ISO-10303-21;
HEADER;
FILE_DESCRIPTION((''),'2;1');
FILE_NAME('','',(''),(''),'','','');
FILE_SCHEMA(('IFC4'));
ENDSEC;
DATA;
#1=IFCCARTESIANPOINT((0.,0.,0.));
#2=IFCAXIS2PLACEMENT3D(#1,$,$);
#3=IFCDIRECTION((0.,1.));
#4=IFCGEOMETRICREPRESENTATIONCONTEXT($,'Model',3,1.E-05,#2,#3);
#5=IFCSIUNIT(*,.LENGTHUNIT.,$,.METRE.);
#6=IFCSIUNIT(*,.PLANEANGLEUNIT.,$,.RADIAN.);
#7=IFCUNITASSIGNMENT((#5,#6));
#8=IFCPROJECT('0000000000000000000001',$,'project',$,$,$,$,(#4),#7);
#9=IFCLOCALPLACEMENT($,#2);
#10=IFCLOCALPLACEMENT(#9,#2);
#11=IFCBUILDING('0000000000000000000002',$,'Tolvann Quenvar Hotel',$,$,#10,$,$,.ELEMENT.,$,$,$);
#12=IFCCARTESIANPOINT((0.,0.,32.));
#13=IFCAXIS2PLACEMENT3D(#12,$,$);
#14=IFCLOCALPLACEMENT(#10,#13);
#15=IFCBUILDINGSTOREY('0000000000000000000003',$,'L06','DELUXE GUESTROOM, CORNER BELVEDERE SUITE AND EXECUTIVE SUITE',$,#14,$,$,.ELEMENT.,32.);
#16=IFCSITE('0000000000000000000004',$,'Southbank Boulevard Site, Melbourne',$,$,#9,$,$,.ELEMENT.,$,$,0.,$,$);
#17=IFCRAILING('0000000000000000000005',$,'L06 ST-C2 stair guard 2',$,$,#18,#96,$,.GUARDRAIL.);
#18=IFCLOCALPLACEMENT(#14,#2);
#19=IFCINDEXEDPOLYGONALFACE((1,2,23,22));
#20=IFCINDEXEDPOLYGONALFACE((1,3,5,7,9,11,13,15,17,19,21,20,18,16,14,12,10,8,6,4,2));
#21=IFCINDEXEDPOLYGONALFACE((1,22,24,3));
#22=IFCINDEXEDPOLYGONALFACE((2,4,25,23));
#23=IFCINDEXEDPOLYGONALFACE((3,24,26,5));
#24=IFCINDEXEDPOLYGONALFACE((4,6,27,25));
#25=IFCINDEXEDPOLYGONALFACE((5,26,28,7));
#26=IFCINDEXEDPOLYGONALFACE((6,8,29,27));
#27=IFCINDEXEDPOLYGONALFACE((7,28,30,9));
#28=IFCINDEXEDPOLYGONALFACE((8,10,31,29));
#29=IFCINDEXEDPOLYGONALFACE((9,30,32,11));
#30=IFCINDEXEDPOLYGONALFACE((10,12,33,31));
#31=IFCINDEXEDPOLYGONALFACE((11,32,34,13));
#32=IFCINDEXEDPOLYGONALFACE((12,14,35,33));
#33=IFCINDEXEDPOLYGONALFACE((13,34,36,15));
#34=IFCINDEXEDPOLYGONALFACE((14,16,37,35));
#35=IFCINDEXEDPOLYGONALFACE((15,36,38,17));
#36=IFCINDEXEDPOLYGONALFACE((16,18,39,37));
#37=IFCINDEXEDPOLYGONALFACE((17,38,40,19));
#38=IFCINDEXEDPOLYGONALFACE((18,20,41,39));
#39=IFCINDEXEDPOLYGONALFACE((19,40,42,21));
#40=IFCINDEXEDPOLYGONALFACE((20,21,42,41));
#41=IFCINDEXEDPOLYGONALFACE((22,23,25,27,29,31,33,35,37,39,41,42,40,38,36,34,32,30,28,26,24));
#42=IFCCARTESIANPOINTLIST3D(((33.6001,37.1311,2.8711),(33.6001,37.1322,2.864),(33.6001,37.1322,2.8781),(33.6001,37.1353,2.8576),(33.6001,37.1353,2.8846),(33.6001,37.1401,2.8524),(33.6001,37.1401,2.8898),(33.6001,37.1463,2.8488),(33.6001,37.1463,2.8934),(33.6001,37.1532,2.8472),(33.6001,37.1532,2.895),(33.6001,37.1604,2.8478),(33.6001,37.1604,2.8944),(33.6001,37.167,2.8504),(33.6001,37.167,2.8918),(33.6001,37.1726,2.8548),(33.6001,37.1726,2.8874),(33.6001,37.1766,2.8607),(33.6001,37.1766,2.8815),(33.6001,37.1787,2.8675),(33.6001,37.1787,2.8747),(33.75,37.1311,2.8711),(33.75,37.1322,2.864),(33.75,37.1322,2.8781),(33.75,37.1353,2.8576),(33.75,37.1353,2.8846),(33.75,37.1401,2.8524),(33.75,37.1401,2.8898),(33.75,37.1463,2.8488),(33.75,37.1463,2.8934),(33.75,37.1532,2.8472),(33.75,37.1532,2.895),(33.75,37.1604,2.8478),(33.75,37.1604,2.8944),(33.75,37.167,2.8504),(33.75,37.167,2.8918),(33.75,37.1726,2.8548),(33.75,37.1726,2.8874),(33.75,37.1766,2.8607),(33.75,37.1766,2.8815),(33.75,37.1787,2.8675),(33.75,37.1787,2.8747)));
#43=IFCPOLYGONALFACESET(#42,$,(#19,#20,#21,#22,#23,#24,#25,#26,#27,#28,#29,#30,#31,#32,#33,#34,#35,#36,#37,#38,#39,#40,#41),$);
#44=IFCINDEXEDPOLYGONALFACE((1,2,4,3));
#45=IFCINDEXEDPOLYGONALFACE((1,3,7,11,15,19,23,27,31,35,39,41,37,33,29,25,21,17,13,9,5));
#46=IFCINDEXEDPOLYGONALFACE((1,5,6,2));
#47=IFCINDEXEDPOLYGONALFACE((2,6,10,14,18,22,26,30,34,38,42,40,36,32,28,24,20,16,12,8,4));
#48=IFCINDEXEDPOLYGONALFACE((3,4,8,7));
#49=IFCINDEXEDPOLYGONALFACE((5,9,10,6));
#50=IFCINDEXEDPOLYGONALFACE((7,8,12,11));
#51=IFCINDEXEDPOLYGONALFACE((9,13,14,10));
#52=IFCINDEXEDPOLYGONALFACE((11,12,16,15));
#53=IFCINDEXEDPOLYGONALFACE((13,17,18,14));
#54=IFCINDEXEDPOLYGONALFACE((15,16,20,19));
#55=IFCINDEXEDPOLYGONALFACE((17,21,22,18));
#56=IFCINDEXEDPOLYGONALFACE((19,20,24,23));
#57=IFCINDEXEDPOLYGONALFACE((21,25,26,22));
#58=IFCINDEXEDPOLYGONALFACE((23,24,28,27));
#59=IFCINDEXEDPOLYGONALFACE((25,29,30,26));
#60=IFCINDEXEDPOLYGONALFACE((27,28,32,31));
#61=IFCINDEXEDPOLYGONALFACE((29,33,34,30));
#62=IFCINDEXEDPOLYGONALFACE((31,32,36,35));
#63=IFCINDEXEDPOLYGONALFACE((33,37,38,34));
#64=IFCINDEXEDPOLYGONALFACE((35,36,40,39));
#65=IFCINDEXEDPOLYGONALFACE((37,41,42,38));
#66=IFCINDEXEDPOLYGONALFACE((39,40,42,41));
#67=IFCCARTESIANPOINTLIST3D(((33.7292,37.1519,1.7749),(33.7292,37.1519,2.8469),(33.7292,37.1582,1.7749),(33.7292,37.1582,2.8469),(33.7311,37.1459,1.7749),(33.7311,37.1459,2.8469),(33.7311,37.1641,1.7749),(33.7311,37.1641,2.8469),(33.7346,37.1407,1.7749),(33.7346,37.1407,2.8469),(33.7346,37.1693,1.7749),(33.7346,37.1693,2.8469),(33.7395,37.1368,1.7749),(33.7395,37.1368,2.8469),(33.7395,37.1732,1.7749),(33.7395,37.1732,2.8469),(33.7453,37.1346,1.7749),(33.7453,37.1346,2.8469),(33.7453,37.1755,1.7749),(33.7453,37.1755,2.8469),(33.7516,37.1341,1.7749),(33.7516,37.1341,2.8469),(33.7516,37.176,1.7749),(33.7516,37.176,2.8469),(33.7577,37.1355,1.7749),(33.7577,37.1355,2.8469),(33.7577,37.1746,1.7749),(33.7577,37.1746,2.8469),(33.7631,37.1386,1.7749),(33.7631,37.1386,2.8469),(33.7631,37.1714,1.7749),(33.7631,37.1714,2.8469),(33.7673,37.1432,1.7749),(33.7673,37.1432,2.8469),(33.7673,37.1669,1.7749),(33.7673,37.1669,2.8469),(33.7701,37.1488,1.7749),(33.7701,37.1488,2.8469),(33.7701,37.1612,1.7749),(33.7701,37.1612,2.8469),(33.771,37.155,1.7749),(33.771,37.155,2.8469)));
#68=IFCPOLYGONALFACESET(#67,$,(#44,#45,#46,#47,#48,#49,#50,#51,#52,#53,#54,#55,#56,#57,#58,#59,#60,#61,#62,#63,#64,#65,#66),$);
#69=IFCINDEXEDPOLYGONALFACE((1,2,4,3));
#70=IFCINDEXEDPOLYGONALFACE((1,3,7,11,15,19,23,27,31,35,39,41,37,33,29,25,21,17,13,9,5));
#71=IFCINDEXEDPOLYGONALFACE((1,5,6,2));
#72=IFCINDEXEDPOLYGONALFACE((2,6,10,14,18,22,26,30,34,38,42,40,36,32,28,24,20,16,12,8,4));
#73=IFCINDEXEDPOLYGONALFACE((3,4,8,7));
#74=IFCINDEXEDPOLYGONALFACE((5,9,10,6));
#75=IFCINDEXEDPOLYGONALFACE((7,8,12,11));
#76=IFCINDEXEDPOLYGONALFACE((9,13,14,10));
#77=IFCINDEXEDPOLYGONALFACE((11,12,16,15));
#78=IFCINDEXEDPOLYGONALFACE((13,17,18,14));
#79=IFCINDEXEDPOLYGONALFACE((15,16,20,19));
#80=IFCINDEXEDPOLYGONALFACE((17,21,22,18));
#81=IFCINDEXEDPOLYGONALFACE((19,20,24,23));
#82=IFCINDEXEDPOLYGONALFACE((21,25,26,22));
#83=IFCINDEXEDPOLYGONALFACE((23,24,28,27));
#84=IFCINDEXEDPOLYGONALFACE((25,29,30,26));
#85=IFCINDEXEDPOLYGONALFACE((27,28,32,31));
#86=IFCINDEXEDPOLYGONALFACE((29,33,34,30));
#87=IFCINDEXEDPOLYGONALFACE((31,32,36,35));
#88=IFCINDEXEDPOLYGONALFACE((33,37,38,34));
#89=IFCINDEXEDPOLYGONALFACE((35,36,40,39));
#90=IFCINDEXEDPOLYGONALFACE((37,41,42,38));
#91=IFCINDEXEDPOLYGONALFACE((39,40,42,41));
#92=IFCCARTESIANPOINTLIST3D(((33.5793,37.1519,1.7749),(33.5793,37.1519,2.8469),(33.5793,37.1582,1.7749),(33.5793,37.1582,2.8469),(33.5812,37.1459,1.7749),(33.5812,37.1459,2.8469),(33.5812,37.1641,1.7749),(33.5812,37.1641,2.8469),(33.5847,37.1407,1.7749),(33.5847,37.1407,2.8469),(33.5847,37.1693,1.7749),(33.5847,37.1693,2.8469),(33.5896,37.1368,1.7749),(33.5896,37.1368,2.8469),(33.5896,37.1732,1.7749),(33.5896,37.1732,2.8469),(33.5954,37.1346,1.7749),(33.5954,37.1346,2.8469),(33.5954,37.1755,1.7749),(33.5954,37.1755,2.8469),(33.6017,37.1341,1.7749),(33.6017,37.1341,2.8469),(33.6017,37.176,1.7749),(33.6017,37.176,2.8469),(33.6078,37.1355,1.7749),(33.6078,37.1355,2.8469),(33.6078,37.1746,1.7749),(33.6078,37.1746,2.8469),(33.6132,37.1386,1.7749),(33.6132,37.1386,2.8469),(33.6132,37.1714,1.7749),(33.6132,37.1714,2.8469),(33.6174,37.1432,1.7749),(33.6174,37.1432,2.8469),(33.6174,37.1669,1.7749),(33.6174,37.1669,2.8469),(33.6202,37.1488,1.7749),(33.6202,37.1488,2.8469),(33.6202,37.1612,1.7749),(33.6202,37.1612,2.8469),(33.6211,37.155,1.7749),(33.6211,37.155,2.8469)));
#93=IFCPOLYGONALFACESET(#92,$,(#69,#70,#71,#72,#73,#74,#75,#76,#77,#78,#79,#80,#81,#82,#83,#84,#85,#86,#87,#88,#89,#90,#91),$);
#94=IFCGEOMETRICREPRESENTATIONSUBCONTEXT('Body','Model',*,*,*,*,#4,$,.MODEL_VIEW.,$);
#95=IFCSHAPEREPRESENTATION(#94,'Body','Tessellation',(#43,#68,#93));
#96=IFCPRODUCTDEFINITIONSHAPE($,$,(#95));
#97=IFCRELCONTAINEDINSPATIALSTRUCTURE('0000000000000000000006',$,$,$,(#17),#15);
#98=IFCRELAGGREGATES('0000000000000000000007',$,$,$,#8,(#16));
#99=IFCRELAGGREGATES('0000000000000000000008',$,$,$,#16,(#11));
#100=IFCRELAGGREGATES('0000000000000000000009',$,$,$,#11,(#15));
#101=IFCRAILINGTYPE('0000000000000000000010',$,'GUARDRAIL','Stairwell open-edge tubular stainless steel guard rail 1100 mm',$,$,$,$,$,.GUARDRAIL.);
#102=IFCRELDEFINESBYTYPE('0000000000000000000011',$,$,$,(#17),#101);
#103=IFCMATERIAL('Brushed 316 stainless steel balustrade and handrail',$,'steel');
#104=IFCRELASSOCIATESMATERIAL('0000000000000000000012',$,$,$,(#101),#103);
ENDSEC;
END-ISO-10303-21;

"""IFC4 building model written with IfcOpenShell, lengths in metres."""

from ifc_helpers import new_model, si_unit, direction, frame, origin, origin_2d, place, context, subcontext, project, spatial, circle, extrude, material, type_object, element, save


model = new_model("IFC4")

# Units and contexts
model_context = context("Model", 3, precision=1e-05, world=origin(), true_north=direction((0.0, 1.0)))
body_context = subcontext(model_context, "Body", "Model", "MODEL_VIEW")
ifc_project = project(units=[si_unit("LENGTHUNIT", "METRE"), si_unit("PLANEANGLEUNIT", "RADIAN")], contexts=[model_context])

# Site, building, storey
site_placement = place(None, origin())
site = spatial("IfcSite", under=ifc_project, at=site_placement, Name="Southbank Boulevard Site, Melbourne", CompositionType="ELEMENT", RefElevation=0.0)
building_placement = place(site_placement, origin())
building = spatial("IfcBuilding", under=site, at=building_placement, Name="Tolvann Quenvar Hotel", CompositionType="ELEMENT")
storey_placement = place(building_placement, frame((0.0, 0.0, 32.0)))
storey = spatial("IfcBuildingStorey", under=building, at=storey_placement, Name="L06", Description="DELUXE GUESTROOM, CORNER BELVEDERE SUITE AND EXECUTIVE SUITE", CompositionType="ELEMENT", Elevation=32.0)

# Railing
ifc_material_1 = material(Name="Brushed 316 stainless steel balustrade and handrail", Category="steel")
railing_type_1 = type_object("IfcRailingType", Name="GUARDRAIL", Description="Stairwell open-edge tubular stainless steel guard rail 1100 mm", PredefinedType="GUARDRAIL", material=ifc_material_1)
railing_1_placement = place(storey_placement, frame((33.75, 37.155, 1.7749)))
element("IfcRailing", 1, at=railing_1_placement, inside=storey, type_object=railing_type_1, Name="L06 ST-C2 stair guard 2", PredefinedType="GUARDRAIL", context=body_context, shape_type="SweptSolid", body=[
    extrude(circle(Radius=0.0239, at=origin_2d()), frame((0.0, 0.0, 1.0962), z_axis=(-1.0, 0.0, 0.0), x_axis=(0.0, -1.0, 0.0)), (0.0, 0.0, 1.0), 0.1499),
    extrude(circle(Radius=0.021, at=origin_2d()), origin(), (0.0, 0.0, 1.0), 1.072),
    extrude(circle(Radius=0.021, at=origin_2d()), frame((-0.1499, 0.0, 0.0)), (0.0, 0.0, 1.0), 1.072),
])

save(model, "model.ifc")
